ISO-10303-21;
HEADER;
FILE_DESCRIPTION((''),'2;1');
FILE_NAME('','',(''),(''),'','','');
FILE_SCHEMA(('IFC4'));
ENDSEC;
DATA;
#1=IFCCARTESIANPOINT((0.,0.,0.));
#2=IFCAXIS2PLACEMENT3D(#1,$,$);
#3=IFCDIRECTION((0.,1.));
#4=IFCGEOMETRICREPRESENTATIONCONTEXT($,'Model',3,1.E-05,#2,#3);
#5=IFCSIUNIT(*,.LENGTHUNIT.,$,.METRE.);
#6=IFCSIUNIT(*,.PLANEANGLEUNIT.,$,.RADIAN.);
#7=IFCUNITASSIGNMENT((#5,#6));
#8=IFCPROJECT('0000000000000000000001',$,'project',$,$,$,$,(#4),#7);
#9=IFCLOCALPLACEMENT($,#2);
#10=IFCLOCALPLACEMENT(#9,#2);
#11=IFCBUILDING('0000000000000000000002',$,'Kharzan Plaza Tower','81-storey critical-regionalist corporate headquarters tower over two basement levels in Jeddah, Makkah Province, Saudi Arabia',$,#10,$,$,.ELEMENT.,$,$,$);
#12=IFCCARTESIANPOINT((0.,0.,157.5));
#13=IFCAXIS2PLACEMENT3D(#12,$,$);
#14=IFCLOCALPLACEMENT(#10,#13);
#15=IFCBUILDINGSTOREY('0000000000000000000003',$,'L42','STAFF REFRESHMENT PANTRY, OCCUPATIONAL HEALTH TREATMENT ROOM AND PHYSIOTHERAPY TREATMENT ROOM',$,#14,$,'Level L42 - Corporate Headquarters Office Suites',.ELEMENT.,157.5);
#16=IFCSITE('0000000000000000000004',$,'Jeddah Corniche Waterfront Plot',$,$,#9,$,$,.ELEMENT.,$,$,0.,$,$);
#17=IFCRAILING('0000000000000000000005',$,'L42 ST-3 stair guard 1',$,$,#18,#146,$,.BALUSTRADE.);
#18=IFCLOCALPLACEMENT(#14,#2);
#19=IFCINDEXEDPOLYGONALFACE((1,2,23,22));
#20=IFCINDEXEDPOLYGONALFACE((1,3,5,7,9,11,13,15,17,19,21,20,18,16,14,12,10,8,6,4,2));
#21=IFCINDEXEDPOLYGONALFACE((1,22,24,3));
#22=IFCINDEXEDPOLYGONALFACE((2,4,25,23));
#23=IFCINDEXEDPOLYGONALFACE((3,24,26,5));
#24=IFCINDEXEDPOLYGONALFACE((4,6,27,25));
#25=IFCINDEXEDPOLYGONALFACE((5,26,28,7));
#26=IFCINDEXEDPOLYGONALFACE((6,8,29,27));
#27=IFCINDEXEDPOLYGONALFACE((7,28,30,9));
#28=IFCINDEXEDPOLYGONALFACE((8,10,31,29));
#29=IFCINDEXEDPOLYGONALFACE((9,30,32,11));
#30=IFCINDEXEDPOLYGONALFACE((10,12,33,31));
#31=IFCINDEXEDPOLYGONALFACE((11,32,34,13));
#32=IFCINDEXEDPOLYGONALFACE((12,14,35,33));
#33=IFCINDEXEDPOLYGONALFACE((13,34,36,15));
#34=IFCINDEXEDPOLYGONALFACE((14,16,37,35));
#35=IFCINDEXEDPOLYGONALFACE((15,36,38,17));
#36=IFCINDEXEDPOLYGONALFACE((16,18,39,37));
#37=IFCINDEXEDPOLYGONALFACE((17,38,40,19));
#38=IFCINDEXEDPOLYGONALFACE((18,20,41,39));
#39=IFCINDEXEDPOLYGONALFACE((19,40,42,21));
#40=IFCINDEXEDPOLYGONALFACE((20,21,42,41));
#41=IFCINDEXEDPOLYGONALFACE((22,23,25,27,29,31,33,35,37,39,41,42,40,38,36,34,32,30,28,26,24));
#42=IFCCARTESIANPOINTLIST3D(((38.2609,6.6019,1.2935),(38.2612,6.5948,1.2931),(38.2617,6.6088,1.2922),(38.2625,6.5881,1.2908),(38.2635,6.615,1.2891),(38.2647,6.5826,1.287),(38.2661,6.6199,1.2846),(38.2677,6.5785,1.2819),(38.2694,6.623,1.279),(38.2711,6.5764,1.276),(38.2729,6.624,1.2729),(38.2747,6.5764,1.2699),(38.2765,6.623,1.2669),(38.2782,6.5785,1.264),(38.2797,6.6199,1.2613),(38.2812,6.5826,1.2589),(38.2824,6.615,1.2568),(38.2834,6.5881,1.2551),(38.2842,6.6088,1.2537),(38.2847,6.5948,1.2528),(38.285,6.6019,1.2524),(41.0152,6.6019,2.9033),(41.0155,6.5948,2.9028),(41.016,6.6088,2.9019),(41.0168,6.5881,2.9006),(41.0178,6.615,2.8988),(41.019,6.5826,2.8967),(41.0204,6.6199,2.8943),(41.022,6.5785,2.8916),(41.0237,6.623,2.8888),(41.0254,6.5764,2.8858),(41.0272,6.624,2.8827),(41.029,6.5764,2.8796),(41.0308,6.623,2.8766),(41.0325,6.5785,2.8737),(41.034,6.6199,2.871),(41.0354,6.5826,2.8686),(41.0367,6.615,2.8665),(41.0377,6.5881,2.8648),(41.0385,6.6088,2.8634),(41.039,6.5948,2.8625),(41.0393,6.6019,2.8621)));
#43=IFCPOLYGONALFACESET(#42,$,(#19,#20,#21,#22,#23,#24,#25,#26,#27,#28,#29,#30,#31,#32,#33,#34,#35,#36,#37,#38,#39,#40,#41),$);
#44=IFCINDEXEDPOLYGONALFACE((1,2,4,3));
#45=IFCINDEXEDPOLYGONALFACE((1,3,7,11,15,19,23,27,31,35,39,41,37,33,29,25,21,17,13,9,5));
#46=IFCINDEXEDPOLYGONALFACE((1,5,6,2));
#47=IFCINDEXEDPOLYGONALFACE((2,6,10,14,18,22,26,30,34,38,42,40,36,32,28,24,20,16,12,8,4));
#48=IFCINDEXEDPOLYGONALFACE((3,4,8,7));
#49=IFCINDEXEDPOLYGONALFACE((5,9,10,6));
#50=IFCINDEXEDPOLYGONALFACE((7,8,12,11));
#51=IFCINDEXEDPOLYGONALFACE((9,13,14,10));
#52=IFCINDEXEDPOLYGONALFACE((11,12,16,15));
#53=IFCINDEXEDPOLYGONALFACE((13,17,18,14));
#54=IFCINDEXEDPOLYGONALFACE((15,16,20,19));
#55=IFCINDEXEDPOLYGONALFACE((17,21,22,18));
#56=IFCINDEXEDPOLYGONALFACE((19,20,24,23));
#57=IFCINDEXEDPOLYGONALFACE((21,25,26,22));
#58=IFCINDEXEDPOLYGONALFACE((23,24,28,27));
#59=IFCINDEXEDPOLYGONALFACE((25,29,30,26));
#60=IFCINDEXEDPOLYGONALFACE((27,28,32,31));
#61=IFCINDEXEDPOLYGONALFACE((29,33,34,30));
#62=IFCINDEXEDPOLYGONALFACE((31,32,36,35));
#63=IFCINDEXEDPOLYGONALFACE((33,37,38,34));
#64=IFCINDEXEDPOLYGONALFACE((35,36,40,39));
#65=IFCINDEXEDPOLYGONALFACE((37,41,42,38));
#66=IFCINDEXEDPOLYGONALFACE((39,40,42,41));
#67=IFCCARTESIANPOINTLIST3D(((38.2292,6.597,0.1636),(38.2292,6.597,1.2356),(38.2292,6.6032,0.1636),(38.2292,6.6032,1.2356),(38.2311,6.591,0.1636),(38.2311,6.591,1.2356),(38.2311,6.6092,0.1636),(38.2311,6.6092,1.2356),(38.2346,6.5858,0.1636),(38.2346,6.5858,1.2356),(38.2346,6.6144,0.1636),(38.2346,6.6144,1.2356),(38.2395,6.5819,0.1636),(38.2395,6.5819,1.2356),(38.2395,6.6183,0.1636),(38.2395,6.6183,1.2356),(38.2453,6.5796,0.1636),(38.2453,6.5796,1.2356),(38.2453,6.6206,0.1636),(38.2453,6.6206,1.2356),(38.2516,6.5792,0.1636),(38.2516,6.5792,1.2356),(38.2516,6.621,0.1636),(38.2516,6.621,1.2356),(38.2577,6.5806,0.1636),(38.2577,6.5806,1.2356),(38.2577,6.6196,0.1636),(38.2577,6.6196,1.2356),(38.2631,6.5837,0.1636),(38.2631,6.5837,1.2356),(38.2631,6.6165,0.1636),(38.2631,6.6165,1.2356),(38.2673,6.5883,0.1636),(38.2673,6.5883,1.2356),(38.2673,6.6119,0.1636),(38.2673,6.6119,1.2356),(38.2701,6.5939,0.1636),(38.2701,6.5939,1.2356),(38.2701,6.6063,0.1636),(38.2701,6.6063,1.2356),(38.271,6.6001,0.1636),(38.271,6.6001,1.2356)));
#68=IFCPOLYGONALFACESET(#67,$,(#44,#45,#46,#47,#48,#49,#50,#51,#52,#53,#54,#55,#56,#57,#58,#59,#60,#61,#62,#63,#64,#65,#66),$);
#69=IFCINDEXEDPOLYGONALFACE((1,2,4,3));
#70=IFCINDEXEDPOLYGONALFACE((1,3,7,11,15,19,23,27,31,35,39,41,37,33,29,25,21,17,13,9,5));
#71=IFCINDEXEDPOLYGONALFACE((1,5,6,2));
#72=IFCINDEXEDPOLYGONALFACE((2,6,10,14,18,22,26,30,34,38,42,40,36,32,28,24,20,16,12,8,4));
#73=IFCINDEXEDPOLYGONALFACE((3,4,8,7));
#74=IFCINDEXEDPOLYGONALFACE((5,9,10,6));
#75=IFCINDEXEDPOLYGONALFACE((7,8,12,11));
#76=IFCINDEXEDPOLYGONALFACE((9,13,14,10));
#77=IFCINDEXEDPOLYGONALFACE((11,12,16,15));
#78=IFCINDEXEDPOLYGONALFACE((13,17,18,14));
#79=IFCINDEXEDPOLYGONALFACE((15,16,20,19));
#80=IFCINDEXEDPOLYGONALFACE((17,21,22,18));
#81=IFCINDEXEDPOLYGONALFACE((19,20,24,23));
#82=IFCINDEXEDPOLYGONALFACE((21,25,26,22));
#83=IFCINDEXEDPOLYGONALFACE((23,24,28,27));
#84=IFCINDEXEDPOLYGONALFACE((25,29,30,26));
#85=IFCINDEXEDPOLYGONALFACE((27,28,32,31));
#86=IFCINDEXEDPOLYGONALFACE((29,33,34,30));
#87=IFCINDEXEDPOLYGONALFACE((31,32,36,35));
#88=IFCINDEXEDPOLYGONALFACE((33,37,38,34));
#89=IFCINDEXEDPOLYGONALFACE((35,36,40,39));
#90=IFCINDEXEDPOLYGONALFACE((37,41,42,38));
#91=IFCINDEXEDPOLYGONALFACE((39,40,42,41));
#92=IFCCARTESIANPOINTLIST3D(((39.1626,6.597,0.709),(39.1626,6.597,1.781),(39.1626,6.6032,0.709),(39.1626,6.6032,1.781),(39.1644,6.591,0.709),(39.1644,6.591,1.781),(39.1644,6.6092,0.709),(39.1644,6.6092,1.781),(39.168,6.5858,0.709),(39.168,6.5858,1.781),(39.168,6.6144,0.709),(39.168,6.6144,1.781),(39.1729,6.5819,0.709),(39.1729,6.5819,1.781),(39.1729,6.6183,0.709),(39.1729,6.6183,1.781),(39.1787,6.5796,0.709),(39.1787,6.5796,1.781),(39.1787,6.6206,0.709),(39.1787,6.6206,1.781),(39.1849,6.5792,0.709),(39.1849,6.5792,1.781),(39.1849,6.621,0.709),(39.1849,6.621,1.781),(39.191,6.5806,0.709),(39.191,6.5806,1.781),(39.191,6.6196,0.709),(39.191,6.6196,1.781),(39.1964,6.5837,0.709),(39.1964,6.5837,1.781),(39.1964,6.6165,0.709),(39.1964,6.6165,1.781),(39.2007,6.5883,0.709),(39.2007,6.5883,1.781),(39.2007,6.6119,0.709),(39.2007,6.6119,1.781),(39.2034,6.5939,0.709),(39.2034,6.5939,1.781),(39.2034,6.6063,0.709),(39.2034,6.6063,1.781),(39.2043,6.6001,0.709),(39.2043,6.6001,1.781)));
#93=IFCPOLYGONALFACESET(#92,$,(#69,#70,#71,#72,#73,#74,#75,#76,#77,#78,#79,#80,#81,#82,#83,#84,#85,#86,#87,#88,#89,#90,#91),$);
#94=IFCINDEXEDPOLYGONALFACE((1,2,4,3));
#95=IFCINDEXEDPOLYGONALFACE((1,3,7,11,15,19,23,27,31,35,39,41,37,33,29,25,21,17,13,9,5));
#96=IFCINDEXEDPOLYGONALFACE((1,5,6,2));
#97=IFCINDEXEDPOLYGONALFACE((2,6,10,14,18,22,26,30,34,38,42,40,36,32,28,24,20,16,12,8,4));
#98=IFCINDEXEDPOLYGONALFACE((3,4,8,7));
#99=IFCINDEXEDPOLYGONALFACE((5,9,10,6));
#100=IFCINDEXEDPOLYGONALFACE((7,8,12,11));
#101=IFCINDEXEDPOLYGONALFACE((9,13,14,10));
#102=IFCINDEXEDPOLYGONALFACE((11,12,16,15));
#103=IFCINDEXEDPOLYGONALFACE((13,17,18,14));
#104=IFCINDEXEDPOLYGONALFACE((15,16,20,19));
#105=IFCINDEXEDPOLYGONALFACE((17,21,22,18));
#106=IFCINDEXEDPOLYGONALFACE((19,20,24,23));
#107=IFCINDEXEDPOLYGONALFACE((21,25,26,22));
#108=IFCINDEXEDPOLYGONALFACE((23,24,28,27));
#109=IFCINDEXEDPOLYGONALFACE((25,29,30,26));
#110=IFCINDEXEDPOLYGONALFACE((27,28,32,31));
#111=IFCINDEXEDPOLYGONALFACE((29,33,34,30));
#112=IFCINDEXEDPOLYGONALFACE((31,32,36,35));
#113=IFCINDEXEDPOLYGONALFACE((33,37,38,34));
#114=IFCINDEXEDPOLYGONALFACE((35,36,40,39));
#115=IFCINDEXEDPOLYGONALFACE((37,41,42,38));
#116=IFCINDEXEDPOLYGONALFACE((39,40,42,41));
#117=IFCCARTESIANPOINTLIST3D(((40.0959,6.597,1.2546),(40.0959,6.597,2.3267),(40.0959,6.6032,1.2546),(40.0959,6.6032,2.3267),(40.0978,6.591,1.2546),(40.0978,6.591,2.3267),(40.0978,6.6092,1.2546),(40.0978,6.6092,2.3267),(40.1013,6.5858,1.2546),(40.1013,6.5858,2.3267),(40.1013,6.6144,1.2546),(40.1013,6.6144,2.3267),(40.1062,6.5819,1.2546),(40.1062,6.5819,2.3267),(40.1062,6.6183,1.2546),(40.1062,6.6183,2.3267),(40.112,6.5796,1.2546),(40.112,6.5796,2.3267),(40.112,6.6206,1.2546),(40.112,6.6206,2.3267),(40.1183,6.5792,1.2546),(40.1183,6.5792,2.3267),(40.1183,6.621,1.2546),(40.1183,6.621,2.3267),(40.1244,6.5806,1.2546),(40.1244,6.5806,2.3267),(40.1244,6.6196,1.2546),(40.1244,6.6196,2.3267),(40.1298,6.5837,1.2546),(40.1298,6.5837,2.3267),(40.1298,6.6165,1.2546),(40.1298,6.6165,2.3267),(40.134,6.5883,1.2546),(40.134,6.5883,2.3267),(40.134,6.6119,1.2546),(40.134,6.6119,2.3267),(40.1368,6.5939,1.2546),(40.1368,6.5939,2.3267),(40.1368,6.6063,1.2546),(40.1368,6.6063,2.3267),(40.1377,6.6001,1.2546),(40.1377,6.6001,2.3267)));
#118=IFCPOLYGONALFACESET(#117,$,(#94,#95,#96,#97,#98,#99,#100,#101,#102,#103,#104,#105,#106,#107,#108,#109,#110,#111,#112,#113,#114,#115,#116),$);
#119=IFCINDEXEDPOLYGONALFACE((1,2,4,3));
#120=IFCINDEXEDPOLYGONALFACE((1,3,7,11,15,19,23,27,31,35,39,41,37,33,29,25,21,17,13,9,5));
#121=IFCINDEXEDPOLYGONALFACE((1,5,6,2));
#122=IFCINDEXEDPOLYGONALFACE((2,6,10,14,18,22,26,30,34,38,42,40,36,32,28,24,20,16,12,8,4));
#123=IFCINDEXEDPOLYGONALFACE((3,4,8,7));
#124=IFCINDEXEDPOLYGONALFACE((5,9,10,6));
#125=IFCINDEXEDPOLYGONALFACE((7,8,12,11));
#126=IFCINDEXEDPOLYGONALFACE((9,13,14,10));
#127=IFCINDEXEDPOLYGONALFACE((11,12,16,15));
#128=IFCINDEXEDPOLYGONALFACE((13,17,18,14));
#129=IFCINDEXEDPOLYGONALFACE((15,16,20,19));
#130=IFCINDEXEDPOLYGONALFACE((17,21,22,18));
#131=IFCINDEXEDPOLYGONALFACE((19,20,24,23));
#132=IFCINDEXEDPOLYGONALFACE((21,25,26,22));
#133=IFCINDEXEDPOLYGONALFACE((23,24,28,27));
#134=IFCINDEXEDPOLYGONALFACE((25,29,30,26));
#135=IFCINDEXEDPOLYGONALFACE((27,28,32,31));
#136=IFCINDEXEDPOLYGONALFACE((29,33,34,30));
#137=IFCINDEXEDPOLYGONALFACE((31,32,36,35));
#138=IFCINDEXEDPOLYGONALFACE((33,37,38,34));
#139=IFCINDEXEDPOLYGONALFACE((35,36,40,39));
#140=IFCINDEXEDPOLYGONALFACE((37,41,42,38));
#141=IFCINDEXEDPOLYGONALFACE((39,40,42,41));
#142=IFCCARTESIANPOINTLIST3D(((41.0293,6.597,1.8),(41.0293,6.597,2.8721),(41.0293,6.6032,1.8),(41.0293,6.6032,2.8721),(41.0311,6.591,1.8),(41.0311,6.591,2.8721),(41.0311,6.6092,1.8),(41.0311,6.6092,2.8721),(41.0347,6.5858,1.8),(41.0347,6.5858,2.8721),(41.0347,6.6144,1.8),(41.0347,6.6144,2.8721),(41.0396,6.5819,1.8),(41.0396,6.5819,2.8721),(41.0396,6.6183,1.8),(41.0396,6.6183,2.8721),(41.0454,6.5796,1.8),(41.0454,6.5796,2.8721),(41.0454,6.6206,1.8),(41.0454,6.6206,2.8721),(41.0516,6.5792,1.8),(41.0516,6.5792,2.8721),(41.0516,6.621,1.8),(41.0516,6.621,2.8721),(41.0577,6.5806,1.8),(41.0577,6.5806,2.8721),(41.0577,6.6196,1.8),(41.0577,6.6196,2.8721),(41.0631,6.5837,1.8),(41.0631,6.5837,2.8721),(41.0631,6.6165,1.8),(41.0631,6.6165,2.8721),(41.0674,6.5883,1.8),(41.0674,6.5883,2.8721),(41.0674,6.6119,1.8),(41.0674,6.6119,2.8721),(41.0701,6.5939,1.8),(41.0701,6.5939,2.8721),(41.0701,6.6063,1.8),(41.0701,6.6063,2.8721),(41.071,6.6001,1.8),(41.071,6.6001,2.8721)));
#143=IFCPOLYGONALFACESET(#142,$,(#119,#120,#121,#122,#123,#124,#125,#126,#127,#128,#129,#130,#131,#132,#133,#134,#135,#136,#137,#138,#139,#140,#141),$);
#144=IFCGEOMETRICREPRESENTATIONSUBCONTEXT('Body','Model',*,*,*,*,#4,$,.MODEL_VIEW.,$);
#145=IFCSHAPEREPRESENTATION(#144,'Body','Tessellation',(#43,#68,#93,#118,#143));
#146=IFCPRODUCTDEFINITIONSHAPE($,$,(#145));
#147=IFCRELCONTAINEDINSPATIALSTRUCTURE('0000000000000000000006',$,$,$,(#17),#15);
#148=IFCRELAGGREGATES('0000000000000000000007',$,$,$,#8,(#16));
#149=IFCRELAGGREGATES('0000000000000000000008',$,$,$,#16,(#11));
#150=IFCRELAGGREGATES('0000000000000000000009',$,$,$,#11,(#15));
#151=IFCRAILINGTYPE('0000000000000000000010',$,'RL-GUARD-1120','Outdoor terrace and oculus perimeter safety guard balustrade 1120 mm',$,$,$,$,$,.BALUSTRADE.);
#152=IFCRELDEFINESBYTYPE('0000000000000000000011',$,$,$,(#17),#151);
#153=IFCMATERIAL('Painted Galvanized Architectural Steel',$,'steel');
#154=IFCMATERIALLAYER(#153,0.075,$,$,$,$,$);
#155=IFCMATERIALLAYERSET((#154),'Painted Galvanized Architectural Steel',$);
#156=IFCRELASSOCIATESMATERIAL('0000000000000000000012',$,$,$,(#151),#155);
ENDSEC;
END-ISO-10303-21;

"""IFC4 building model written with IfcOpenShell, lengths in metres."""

from ifc_helpers import new_model, si_unit, direction, frame, origin, origin_2d, place, context, subcontext, project, spatial, circle, extrude, source, transform, mapped, material, layer, layer_set, type_object, element, save


model = new_model("IFC4")

# Units and contexts
model_context = context("Model", 3, precision=1e-05, world=origin(), true_north=direction((0.0, 1.0)))
body_context = subcontext(model_context, "Body", "Model", "MODEL_VIEW")
ifc_project = project(units=[si_unit("LENGTHUNIT", "METRE"), si_unit("PLANEANGLEUNIT", "RADIAN")], contexts=[model_context])

# Site, building, storey
site_placement = place(None, origin())
site = spatial("IfcSite", under=ifc_project, at=site_placement, Name="Jeddah Corniche Waterfront Plot", CompositionType="ELEMENT", RefElevation=0.0)
building_placement = place(site_placement, origin())
building = spatial("IfcBuilding", under=site, at=building_placement, Name="Kharzan Plaza Tower", Description="81-storey critical-regionalist corporate headquarters tower over two basement levels in Jeddah, Makkah Province, Saudi Arabia", CompositionType="ELEMENT")
storey_placement = place(building_placement, frame((0.0, 0.0, 157.5)))
storey = spatial("IfcBuildingStorey", under=building, at=storey_placement, Name="L42", Description="STAFF REFRESHMENT PANTRY, OCCUPATIONAL HEALTH TREATMENT ROOM AND PHYSIOTHERAPY TREATMENT ROOM", LongName="Level L42 - Corporate Headquarters Office Suites", CompositionType="ELEMENT", Elevation=157.5)

# Railing
ifc_material_1 = material(Name="Painted Galvanized Architectural Steel", Category="steel")
ifc_layer_1 = layer(ifc_material_1, 0.075)
ifc_layer_set_1 = layer_set([ifc_layer_1], Name="Painted Galvanized Architectural Steel")
railing_type_1 = type_object("IfcRailingType", Name="RL-GUARD-1120", Description="Outdoor terrace and oculus perimeter safety guard balustrade 1120 mm", PredefinedType="BALUSTRADE", material=ifc_layer_set_1)
shared_shape_1 = source(origin(), body_context, "Body", "SweptSolid", [
    extrude(circle(Radius=0.0239, at=origin_2d()), frame((0.0229, 0.0, 1.1094), z_axis=(0.863361, 0.0, 0.504587), x_axis=(0.0, 1.0, 0.0)), (0.0, 0.0, 1.0), 3.1902),
    extrude(circle(Radius=0.021, at=origin_2d()), origin(), (0.0, 0.0, 1.0), 1.072),
    extrude(circle(Radius=0.021, at=origin_2d()), frame((0.9333, 0.0, 0.5454)), (0.0, 0.0, 1.0), 1.072),
    extrude(circle(Radius=0.021, at=origin_2d()), frame((1.8667, 0.0, 1.0911)), (0.0, 0.0, 1.0), 1.072),
    extrude(circle(Radius=0.021, at=origin_2d()), frame((2.8, 0.0, 1.6365)), (0.0, 0.0, 1.0), 1.072),
])
railing_1_placement = place(storey_placement, frame((38.25, 6.6001, 0.1636)))
element("IfcRailing", 1, at=railing_1_placement, inside=storey, type_object=railing_type_1, Name="L42 ST-3 stair guard 1", PredefinedType="BALUSTRADE", context=body_context, shape_type="MappedRepresentation", body=[
    mapped(shared_shape_1, transform((0.0, 0.0, 0.0), x_axis=(1.0, 0.0, 0.0), y_axis=(0.0, 1.0, 0.0), z_axis=(0.0, 0.0, 1.0))),
])

save(model, "model.ifc")
